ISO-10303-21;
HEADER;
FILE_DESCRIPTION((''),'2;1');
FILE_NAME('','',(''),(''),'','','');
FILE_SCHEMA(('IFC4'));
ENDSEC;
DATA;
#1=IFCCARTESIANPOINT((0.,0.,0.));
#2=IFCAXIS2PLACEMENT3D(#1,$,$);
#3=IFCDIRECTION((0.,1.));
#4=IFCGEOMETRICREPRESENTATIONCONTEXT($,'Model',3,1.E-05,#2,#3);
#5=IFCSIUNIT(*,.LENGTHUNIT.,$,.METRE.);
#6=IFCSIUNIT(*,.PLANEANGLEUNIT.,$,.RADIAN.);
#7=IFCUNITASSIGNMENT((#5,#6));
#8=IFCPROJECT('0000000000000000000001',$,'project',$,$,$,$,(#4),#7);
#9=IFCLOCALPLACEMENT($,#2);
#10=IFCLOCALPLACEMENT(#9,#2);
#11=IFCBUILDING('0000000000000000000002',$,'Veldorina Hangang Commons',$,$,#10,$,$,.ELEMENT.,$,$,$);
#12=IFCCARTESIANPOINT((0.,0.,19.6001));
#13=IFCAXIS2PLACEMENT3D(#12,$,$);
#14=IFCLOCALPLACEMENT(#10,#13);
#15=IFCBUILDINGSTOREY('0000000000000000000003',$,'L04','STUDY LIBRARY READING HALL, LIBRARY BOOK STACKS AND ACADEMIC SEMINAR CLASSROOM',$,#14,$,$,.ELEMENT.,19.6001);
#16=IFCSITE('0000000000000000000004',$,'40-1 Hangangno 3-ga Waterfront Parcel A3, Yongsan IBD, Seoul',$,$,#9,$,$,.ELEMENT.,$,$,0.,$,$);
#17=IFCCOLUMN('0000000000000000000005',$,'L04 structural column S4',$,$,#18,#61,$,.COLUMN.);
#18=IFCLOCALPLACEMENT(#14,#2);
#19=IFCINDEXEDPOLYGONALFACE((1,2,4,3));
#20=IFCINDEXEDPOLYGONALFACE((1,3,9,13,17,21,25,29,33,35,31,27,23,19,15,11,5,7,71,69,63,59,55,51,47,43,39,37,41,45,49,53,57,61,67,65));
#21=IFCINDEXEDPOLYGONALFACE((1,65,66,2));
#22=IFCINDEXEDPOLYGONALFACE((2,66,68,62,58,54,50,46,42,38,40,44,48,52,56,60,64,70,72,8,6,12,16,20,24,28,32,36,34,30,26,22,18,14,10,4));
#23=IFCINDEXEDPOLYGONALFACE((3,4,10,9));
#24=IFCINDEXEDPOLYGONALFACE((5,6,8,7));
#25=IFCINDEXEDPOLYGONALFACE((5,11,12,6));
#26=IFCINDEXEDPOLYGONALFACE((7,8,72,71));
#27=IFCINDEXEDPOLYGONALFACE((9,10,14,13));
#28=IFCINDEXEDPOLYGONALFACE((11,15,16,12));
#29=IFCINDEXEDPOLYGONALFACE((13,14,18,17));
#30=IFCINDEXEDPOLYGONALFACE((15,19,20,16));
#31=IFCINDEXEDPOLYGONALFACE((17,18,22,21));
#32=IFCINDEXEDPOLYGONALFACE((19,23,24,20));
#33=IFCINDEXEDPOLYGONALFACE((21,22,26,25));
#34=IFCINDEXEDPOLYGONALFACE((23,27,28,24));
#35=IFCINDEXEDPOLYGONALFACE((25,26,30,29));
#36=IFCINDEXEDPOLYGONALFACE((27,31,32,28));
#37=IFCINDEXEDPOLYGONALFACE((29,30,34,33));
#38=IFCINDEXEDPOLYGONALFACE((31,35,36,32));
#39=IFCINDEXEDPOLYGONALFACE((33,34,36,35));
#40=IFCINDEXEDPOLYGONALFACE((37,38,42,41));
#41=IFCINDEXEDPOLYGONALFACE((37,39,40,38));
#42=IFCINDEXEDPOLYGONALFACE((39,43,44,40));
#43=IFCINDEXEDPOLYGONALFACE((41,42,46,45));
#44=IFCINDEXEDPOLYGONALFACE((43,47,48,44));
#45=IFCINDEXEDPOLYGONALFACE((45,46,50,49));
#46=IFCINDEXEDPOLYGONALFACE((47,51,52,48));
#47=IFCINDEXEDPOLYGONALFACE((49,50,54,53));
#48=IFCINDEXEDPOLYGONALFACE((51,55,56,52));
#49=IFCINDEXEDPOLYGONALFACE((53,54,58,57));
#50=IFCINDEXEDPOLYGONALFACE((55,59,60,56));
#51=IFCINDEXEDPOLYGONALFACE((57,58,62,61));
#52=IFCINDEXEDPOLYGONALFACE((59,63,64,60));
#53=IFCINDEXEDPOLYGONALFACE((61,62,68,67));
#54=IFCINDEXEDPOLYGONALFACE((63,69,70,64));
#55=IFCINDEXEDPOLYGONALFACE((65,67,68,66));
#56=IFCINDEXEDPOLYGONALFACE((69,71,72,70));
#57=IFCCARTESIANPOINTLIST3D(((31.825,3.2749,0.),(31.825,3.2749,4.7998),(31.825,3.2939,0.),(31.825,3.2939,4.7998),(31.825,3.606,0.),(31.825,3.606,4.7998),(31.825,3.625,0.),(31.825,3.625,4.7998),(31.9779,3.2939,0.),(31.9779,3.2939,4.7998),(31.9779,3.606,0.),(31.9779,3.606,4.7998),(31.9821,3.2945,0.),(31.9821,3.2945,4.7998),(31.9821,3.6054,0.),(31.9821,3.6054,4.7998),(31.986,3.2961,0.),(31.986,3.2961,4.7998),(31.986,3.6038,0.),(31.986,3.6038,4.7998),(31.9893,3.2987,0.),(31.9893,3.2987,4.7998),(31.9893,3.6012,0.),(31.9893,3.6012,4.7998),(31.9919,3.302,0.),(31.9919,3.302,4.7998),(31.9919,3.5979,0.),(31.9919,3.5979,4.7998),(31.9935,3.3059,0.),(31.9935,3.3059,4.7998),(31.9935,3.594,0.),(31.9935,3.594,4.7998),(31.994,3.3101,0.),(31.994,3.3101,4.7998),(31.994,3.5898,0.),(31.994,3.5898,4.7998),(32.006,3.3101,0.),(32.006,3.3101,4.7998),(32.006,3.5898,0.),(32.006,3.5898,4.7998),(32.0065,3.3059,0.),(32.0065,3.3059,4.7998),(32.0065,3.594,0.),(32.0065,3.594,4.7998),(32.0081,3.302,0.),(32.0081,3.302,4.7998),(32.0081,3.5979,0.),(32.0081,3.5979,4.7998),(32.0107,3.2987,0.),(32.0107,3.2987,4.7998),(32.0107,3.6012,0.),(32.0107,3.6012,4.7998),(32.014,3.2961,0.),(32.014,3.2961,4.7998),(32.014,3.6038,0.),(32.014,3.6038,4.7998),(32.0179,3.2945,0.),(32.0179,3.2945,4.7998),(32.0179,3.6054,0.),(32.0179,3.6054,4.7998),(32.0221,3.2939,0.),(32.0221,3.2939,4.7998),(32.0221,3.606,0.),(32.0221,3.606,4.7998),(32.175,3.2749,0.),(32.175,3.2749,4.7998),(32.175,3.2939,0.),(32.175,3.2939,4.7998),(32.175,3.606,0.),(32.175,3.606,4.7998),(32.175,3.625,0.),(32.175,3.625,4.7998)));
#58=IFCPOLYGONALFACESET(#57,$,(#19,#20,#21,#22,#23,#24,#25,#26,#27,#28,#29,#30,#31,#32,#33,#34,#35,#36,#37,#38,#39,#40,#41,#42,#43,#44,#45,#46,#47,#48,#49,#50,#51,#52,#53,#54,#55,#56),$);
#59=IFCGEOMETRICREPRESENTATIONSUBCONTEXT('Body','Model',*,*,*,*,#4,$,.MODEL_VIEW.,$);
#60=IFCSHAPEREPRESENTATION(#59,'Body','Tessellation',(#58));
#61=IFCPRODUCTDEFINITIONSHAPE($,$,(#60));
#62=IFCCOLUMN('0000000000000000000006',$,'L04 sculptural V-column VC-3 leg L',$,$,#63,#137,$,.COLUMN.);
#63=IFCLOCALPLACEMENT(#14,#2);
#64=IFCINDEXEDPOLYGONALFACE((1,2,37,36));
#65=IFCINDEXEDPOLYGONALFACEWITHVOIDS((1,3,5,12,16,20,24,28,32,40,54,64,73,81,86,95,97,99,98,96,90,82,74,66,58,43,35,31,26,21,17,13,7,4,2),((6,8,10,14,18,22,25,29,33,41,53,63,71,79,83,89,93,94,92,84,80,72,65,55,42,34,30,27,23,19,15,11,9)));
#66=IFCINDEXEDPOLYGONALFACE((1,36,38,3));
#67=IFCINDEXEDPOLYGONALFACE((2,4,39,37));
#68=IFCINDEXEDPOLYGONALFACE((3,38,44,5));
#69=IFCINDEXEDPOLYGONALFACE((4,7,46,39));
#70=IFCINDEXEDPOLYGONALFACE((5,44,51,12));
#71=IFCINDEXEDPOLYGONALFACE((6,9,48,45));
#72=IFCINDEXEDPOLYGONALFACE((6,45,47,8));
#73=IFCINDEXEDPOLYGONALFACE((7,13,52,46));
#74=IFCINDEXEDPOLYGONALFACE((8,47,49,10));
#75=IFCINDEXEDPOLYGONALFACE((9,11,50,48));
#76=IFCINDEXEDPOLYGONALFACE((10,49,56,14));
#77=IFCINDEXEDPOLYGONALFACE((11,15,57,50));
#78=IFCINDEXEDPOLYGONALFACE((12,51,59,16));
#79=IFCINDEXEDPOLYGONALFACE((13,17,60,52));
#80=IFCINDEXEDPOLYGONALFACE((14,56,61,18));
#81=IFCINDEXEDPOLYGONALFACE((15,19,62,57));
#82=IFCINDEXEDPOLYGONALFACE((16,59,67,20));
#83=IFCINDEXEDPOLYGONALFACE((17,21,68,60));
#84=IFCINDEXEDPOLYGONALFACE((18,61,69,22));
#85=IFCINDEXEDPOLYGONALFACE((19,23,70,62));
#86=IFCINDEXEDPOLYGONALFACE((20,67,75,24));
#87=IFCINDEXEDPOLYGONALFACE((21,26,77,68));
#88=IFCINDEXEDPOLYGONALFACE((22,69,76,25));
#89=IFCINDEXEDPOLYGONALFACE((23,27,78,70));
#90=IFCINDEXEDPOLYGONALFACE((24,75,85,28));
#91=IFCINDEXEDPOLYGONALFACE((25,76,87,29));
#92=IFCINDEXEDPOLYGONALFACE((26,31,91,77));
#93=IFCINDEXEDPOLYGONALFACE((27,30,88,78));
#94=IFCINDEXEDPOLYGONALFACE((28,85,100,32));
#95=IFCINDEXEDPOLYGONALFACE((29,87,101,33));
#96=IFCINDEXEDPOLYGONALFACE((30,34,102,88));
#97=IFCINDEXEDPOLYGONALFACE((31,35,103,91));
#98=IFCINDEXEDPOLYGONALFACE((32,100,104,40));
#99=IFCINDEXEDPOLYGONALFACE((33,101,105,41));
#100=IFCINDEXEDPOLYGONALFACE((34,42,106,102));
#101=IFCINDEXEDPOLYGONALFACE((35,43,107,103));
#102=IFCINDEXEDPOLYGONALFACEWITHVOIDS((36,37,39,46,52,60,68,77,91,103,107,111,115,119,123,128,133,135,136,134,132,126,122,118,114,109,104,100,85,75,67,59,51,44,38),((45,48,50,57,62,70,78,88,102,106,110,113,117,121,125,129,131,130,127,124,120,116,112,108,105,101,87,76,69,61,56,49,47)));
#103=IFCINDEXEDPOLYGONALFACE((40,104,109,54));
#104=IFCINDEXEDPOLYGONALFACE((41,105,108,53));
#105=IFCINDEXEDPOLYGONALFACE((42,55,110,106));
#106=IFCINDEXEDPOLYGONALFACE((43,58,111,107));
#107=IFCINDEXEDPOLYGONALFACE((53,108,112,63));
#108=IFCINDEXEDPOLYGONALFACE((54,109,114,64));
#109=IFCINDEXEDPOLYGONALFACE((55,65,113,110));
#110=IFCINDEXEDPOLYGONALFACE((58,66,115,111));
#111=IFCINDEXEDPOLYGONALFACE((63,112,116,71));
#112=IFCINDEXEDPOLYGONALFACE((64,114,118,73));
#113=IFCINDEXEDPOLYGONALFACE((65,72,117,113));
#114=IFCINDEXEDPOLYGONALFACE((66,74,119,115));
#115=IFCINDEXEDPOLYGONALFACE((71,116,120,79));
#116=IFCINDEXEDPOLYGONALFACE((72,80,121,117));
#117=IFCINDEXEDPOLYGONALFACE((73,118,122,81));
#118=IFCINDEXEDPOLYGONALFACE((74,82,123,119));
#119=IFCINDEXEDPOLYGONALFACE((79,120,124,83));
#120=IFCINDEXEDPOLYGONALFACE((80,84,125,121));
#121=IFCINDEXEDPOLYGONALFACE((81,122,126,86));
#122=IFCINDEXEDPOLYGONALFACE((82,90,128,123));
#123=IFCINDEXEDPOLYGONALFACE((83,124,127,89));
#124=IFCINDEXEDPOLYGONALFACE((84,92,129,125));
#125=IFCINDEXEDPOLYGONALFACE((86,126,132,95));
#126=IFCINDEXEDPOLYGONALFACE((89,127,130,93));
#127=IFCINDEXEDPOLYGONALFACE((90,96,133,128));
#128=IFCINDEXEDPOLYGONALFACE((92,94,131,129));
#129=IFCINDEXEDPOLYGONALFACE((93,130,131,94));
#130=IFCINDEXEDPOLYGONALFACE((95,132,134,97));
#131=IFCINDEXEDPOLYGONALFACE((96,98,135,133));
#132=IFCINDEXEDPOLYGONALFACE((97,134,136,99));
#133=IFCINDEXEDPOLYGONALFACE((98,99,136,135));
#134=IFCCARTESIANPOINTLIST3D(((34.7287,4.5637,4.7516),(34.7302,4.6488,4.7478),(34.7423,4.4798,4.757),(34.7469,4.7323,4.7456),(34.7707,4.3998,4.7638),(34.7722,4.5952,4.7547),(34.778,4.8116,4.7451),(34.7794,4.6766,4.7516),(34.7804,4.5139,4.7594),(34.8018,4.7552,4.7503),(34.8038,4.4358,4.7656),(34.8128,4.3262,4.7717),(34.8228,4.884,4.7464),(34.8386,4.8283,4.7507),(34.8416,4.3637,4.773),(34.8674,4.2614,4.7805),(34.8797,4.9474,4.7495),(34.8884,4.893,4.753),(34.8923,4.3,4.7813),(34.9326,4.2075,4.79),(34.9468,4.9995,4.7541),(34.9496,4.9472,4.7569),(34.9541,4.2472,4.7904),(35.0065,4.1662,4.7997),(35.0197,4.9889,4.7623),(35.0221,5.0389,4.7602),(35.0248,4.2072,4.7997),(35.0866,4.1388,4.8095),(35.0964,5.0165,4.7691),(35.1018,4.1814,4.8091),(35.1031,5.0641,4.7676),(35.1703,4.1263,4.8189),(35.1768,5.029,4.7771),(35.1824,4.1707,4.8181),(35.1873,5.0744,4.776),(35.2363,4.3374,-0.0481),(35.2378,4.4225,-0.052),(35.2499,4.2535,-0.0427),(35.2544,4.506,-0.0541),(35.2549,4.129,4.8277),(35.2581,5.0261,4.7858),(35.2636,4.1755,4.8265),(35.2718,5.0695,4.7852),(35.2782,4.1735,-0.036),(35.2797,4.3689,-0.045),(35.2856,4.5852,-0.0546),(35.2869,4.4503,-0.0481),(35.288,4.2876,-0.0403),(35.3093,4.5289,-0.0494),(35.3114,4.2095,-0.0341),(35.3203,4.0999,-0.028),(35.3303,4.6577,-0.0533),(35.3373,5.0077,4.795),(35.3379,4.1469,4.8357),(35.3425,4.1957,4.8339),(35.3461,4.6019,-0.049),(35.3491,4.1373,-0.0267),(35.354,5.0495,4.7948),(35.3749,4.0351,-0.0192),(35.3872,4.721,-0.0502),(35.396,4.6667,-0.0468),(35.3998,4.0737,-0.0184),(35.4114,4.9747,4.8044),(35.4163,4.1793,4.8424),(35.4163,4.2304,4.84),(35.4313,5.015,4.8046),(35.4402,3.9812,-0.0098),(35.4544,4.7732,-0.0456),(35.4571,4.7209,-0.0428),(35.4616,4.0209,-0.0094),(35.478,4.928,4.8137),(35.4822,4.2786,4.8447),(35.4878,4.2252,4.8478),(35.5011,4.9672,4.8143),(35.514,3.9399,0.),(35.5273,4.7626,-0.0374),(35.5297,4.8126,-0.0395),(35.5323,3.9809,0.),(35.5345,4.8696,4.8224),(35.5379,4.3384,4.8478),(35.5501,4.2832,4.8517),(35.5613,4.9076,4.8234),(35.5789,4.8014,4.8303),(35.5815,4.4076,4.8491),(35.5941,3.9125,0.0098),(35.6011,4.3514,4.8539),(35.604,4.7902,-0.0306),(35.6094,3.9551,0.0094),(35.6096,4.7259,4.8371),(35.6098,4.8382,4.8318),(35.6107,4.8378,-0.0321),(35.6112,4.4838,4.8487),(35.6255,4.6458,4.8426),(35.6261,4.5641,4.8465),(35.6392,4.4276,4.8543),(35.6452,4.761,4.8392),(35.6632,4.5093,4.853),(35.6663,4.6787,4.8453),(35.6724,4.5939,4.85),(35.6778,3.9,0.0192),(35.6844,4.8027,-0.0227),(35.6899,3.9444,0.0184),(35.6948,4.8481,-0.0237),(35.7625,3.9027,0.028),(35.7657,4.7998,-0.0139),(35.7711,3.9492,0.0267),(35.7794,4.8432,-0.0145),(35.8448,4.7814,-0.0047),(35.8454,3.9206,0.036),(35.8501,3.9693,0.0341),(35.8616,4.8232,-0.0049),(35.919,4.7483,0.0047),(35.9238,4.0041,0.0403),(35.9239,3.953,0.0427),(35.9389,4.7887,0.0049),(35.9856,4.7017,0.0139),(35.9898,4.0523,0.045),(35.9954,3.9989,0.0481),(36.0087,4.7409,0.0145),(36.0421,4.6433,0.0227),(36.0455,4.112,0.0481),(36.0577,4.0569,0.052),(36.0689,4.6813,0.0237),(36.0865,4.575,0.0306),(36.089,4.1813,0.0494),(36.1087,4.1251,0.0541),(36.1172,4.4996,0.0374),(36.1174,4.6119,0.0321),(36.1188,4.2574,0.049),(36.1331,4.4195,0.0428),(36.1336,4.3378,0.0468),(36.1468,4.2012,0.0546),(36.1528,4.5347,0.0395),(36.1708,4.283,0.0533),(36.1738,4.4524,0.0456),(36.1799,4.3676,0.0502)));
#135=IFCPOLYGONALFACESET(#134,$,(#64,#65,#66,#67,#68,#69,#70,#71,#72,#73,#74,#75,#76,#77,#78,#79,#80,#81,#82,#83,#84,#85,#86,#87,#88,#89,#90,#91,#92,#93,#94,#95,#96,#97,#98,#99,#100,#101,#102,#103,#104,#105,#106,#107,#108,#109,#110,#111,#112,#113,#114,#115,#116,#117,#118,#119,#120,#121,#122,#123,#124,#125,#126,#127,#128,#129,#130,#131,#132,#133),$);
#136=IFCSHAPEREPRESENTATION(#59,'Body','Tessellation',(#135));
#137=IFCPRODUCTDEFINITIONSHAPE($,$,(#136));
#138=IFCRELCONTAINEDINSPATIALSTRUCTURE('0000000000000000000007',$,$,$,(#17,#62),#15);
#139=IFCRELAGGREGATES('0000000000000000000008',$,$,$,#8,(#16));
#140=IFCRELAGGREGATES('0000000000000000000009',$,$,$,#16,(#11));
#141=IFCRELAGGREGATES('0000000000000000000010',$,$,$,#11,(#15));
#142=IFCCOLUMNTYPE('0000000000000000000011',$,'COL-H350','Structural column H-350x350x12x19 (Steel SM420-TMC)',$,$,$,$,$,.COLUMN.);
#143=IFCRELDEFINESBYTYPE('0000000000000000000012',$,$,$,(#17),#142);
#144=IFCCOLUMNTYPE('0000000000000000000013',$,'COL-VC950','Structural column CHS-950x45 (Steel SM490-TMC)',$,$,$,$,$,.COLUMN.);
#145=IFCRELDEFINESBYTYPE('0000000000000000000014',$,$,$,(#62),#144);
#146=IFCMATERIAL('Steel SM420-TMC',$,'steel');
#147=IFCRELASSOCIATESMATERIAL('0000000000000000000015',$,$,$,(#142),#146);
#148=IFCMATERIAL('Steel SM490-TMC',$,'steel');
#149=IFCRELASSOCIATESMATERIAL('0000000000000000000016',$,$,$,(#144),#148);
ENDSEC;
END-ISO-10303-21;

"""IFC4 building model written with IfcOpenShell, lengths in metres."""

from ifc_helpers import new_model, si_unit, direction, frame, origin, origin_2d, place, context, subcontext, project, spatial, hollow_circle, i_section, extrude, material, material_profile, profile_set, type_object, element, save


model = new_model("IFC4")

# Units and contexts
model_context = context("Model", 3, precision=1e-05, world=origin(), true_north=direction((0.0, 1.0)))
body_context = subcontext(model_context, "Body", "Model", "MODEL_VIEW")
ifc_project = project(units=[si_unit("LENGTHUNIT", "METRE"), si_unit("PLANEANGLEUNIT", "RADIAN")], contexts=[model_context])

# Site, building, storey
site_placement = place(None, origin())
site = spatial("IfcSite", under=ifc_project, at=site_placement, Name="40-1 Hangangno 3-ga Waterfront Parcel A3, Yongsan IBD, Seoul", CompositionType="ELEMENT", RefElevation=0.0)
building_placement = place(site_placement, origin())
building = spatial("IfcBuilding", under=site, at=building_placement, Name="Veldorina Hangang Commons", CompositionType="ELEMENT")
storey_placement = place(building_placement, frame((0.0, 0.0, 19.6001)))
storey = spatial("IfcBuildingStorey", under=building, at=storey_placement, Name="L04", Description="STUDY LIBRARY READING HALL, LIBRARY BOOK STACKS AND ACADEMIC SEMINAR CLASSROOM", CompositionType="ELEMENT", Elevation=19.6001)

# Columns
ifc_material_1 = material(Name="Steel SM420-TMC", Category="steel")
ifc_material_profile_1 = material_profile(ifc_material_1, i_section(OverallWidth=0.3501, OverallDepth=0.3501, WebThickness=0.012, FlangeThickness=0.019, FilletRadius=0.0161, at=origin_2d()), Name="H-350x350x12x19")
ifc_profile_set_1 = profile_set([ifc_material_profile_1], Name="Steel SM420-TMC")
column_type_1 = type_object("IfcColumnType", Name="COL-H350", Description="Structural column H-350x350x12x19 (Steel SM420-TMC)", PredefinedType="COLUMN", material=ifc_profile_set_1)
column_placement = place(storey_placement, frame((32.0, 3.45, 0.0), z_axis=(0.0, 0.0, 1.0), x_axis=(1.0, 0.0, 0.0)))
element("IfcColumn", 1, at=column_placement, inside=storey, type_object=column_type_1, Name="L04 structural column S4", PredefinedType="COLUMN", context=body_context, shape_type="SweptSolid", body=[
    extrude(i_section(OverallWidth=0.3501, OverallDepth=0.3501, WebThickness=0.012, FlangeThickness=0.019, FilletRadius=0.0161, at=origin_2d()), origin(), (0.0, 0.0, 1.0), 4.7998),
])
ifc_material_2 = material(Name="Steel SM490-TMC", Category="steel")
ifc_material_profile_2 = material_profile(ifc_material_2, hollow_circle(Radius=0.4751, WallThickness=0.0449, at=origin_2d()), Name="CHS-950x45")
ifc_profile_set_2 = profile_set([ifc_material_profile_2], Name="Steel SM490-TMC")
column_type_2 = type_object("IfcColumnType", Name="COL-VC950", Description="Structural column CHS-950x45 (Steel SM490-TMC)", PredefinedType="COLUMN", material=ifc_profile_set_2)
for number, where, z_axis, x_axis, name in (
    (2, (35.7075, 4.3738, 0.0), (-0.105046, 0.046839, 0.993364), (-0.407239, -0.913322, 0.0), "L04 sculptural V-column VC-3 leg L"),
):
    element("IfcColumn", number, at=place(storey_placement, frame(where, z_axis=z_axis, x_axis=x_axis)), inside=storey, type_object=column_type_2, Name=name, PredefinedType="COLUMN", context=body_context, shape_type="SweptSolid", body=[
        extrude(hollow_circle(Radius=0.4751, WallThickness=0.0449, at=origin_2d()), origin(), (0.0, 0.0, 1.0), 4.8318),
    ])

save(model, "model.ifc")
